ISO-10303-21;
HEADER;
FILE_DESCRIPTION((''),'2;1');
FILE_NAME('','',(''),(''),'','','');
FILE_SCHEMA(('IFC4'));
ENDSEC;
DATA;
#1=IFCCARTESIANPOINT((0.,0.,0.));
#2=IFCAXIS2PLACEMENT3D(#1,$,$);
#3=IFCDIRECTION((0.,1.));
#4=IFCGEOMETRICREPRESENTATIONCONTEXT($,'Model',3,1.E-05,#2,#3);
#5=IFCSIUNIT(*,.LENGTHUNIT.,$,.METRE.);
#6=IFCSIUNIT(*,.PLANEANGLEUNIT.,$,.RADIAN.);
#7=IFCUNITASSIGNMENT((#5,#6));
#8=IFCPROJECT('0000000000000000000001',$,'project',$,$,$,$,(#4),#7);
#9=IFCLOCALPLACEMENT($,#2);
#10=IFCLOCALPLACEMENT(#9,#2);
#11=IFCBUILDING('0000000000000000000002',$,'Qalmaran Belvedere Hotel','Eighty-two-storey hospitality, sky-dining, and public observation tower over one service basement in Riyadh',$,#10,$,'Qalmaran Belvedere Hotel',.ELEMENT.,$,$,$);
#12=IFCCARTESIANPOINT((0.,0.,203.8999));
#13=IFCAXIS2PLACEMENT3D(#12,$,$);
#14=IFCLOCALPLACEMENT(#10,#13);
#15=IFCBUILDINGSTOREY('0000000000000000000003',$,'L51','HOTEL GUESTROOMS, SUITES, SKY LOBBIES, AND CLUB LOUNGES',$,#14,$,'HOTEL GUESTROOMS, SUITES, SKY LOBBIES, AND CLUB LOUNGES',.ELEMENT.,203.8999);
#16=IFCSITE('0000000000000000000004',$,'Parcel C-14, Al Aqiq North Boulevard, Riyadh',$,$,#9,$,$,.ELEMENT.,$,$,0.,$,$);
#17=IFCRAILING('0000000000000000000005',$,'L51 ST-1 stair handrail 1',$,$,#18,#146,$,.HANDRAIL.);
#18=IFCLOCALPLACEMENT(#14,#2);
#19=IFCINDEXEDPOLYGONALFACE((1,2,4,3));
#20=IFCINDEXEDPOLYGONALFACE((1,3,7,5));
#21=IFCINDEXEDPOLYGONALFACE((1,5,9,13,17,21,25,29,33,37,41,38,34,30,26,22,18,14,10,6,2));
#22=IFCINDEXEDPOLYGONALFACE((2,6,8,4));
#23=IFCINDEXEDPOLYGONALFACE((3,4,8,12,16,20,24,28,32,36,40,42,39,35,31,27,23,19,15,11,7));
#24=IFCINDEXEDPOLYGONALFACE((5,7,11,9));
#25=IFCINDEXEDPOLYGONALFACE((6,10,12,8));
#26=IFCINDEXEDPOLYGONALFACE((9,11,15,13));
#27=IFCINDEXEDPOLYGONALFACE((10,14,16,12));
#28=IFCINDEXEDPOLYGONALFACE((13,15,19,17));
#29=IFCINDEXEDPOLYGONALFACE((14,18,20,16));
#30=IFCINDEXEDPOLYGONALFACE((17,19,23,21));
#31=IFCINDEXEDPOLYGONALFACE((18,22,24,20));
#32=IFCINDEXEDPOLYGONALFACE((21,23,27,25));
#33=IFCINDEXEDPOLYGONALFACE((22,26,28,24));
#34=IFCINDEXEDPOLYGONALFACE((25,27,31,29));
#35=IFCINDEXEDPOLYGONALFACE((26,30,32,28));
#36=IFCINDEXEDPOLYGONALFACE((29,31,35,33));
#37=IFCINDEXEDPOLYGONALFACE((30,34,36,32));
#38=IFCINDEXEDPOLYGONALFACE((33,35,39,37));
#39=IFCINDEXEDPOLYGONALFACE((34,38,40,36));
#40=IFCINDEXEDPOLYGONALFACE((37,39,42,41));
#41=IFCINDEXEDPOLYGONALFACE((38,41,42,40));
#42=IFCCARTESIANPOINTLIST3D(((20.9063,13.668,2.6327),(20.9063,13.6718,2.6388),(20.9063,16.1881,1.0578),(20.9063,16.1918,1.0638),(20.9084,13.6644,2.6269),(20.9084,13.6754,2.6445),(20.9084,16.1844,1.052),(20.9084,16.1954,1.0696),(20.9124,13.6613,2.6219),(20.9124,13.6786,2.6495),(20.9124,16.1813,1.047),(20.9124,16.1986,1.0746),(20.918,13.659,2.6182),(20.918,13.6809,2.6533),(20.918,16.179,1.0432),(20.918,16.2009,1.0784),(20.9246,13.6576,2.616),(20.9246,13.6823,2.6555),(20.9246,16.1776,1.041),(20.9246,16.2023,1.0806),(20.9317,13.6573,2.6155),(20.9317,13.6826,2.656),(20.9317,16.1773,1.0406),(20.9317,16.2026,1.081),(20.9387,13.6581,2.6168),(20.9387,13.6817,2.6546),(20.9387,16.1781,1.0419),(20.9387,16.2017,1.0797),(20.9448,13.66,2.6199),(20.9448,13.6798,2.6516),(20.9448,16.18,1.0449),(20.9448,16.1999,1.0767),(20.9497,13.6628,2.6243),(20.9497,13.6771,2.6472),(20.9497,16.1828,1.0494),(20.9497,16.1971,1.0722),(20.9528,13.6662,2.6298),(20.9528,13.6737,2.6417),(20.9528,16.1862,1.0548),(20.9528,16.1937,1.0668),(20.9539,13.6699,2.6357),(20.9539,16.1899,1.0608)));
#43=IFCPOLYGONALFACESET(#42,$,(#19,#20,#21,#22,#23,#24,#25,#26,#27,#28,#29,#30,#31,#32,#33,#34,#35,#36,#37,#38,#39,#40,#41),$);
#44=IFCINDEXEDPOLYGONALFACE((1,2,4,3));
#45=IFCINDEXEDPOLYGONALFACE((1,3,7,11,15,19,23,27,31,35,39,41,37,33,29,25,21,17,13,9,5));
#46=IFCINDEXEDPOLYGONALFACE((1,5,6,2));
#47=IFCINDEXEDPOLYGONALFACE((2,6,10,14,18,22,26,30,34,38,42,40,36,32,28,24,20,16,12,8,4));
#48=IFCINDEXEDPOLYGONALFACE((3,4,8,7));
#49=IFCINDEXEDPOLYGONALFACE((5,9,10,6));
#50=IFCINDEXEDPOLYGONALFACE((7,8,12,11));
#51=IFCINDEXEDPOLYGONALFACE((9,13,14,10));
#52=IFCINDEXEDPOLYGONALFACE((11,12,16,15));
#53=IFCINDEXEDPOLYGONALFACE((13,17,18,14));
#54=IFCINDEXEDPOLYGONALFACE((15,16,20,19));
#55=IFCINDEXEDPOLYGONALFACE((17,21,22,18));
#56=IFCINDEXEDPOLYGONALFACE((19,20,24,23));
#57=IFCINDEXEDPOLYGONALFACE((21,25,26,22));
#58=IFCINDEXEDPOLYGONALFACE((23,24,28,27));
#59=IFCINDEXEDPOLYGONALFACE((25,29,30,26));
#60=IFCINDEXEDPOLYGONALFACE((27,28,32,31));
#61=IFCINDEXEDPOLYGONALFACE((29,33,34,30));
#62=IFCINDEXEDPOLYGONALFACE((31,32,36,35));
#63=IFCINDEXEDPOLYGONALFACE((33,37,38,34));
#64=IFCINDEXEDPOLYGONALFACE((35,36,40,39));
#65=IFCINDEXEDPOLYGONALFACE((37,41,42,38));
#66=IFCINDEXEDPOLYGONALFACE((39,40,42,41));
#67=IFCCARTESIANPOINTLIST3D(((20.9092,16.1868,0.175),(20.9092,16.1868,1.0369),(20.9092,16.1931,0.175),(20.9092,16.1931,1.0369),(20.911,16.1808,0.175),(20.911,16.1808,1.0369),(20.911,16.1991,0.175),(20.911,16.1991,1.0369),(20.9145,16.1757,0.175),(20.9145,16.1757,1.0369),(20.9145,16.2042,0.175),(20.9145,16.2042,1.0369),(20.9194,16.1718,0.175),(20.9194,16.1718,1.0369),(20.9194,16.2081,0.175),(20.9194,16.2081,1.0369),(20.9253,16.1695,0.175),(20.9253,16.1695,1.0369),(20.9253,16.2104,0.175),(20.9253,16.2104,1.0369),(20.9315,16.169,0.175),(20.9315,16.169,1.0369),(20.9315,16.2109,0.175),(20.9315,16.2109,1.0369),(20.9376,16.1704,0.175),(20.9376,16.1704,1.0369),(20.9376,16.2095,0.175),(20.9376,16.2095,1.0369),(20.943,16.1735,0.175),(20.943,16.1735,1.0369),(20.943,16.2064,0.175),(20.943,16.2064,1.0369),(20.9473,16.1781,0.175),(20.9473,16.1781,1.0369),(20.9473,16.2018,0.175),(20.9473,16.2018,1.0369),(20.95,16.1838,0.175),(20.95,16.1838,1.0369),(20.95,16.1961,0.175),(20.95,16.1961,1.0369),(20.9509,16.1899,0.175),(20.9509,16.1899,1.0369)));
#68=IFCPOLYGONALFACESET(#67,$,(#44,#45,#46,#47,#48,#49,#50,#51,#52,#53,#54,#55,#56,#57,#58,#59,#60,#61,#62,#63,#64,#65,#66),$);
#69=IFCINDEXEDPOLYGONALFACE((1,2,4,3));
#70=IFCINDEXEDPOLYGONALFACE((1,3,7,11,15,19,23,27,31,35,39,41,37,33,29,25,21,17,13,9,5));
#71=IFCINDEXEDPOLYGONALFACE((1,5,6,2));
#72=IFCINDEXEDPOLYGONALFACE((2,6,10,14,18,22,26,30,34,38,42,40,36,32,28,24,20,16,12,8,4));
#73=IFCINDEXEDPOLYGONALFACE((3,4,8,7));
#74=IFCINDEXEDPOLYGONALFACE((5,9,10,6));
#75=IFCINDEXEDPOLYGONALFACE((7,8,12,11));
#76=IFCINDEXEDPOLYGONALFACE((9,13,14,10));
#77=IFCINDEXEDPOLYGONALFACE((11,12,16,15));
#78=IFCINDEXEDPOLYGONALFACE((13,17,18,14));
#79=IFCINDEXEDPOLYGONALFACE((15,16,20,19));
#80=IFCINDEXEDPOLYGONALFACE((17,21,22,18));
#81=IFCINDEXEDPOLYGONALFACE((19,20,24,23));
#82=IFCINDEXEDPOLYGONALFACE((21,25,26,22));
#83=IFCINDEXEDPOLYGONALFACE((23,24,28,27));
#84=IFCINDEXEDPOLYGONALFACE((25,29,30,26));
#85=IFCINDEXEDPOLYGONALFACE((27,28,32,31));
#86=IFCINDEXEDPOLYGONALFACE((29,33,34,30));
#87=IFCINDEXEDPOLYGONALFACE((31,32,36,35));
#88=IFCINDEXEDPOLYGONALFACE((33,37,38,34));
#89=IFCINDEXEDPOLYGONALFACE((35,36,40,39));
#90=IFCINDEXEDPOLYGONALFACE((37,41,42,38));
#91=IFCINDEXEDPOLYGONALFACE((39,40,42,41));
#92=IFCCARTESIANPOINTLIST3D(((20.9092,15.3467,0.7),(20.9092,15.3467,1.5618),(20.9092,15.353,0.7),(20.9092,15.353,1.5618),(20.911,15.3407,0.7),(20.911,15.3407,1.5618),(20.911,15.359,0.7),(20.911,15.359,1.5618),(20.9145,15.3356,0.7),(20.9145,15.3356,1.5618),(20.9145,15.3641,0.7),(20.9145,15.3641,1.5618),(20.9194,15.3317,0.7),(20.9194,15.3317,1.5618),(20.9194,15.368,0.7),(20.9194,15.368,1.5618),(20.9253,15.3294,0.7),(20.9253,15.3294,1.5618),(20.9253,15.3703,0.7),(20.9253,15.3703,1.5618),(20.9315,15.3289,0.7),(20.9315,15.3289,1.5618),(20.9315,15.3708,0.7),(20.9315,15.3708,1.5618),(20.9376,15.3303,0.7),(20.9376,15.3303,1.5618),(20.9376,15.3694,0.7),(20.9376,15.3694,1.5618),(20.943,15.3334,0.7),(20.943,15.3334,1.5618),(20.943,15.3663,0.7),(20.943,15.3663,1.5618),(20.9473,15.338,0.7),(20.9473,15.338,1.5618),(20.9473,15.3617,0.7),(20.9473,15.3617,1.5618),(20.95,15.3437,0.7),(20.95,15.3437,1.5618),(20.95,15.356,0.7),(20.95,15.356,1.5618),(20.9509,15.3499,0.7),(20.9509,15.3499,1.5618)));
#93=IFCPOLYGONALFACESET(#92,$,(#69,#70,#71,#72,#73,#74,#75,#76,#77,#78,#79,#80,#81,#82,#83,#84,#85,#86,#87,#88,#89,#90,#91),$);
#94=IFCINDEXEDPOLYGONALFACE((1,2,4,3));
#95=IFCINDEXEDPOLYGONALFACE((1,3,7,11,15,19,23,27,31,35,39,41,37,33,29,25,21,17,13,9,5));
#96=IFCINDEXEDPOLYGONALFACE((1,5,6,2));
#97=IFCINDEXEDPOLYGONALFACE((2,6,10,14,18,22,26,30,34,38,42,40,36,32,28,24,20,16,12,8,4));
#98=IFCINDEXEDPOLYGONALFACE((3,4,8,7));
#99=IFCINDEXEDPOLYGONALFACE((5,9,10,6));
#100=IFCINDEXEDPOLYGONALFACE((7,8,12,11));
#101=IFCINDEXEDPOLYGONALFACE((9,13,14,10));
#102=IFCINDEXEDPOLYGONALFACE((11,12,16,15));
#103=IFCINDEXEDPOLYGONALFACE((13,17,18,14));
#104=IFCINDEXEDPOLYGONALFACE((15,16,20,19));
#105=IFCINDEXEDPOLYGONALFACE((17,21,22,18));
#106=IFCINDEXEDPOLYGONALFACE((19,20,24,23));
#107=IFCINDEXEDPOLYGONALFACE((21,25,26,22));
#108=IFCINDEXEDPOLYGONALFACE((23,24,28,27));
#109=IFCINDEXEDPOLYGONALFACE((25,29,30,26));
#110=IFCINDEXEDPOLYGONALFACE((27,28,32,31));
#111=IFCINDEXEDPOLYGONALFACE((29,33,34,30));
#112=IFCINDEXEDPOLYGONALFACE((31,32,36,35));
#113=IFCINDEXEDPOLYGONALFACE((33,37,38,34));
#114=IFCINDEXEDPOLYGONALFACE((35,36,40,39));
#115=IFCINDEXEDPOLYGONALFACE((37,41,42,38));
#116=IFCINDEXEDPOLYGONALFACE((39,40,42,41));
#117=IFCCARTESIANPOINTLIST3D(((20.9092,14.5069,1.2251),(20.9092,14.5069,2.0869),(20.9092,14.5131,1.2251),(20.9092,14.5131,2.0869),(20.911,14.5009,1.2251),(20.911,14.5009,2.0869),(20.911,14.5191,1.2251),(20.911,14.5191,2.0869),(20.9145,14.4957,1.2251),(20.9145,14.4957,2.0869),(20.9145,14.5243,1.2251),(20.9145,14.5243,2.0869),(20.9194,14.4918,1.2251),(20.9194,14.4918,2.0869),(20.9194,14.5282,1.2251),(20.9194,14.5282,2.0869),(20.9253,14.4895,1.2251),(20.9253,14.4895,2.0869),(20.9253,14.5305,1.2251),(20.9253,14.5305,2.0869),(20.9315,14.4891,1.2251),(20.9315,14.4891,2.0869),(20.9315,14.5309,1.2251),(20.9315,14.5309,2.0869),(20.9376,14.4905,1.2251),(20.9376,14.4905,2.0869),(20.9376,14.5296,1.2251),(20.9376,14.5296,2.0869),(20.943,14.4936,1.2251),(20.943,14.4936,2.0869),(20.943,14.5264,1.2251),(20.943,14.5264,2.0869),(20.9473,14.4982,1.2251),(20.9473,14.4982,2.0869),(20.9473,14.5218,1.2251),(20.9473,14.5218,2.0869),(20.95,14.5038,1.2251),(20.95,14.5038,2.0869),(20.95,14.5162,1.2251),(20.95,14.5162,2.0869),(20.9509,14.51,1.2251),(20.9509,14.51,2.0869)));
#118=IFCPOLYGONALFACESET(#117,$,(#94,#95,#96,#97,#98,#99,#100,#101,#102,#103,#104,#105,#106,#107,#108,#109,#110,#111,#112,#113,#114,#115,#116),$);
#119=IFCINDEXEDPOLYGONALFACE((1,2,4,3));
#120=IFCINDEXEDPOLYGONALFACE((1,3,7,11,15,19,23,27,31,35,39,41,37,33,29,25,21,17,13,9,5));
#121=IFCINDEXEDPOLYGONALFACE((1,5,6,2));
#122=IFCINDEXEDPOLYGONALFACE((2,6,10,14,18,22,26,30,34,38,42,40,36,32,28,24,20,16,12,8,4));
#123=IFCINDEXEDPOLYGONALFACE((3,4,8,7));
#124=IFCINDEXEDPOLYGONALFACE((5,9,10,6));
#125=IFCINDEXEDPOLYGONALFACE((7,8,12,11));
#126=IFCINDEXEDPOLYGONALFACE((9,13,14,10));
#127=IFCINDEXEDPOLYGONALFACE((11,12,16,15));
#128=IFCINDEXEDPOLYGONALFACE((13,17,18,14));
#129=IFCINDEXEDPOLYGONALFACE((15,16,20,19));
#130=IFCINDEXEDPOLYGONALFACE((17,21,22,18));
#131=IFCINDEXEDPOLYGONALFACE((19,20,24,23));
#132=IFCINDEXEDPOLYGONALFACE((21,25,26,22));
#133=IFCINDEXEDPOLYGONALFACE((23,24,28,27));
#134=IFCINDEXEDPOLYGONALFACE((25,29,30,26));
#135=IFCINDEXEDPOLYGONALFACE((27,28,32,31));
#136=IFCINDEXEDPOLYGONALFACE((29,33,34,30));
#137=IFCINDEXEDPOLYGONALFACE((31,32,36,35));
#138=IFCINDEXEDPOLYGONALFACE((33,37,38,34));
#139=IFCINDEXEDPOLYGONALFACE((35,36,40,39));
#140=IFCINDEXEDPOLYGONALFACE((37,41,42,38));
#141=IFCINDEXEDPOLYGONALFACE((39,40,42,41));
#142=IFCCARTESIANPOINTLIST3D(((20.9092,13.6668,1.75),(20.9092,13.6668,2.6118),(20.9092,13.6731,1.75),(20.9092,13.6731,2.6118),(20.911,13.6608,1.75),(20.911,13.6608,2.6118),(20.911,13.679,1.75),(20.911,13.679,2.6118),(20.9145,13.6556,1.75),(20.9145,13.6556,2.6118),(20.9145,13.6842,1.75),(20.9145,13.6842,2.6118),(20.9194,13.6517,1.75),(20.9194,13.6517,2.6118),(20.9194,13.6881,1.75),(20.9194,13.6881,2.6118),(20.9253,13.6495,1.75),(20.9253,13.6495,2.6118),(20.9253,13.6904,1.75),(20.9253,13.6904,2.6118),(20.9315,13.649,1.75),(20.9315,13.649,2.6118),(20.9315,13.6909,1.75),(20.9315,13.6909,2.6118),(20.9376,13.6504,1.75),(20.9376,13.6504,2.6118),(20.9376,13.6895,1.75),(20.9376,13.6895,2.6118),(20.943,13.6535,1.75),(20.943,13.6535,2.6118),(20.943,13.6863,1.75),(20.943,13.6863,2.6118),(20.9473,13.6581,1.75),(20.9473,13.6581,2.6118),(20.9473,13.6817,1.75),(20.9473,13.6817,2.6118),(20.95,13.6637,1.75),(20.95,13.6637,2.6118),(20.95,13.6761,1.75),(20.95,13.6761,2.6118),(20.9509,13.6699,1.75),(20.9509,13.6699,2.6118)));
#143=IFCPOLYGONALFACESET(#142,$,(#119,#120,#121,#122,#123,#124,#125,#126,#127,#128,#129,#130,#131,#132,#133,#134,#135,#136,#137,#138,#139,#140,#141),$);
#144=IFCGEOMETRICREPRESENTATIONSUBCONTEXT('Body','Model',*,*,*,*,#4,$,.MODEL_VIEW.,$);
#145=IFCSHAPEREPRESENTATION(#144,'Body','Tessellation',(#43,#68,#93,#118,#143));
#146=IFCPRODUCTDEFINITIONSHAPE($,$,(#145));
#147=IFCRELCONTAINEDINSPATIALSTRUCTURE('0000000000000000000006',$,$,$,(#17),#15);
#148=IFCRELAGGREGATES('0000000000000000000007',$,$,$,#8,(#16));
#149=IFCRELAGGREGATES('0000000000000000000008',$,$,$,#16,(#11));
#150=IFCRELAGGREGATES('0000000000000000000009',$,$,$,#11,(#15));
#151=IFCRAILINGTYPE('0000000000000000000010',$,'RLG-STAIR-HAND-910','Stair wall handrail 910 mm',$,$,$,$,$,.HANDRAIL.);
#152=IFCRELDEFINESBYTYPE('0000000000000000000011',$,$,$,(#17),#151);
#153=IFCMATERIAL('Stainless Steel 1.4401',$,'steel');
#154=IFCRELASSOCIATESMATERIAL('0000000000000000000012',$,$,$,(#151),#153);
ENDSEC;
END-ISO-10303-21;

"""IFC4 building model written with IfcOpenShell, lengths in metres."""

from ifc_helpers import new_model, si_unit, direction, frame, origin, origin_2d, place, context, subcontext, project, spatial, circle, extrude, material, type_object, element, save


model = new_model("IFC4")

# Units and contexts
model_context = context("Model", 3, precision=1e-05, world=origin(), true_north=direction((0.0, 1.0)))
body_context = subcontext(model_context, "Body", "Model", "MODEL_VIEW")
ifc_project = project(units=[si_unit("LENGTHUNIT", "METRE"), si_unit("PLANEANGLEUNIT", "RADIAN")], contexts=[model_context])

# Site, building, storey
site_placement = place(None, origin())
site = spatial("IfcSite", under=ifc_project, at=site_placement, Name="Parcel C-14, Al Aqiq North Boulevard, Riyadh", CompositionType="ELEMENT", RefElevation=0.0)
building_placement = place(site_placement, origin())
building = spatial("IfcBuilding", under=site, at=building_placement, Name="Qalmaran Belvedere Hotel", Description="Eighty-two-storey hospitality, sky-dining, and public observation tower over one service basement in Riyadh", LongName="Qalmaran Belvedere Hotel", CompositionType="ELEMENT")
storey_placement = place(building_placement, frame((0.0, 0.0, 203.8999)))
storey = spatial("IfcBuildingStorey", under=building, at=storey_placement, Name="L51", Description="HOTEL GUESTROOMS, SUITES, SKY LOBBIES, AND CLUB LOUNGES", LongName="HOTEL GUESTROOMS, SUITES, SKY LOBBIES, AND CLUB LOUNGES", CompositionType="ELEMENT", Elevation=203.8999)

# Shared definitions
ifc_material_1 = material(Name="Stainless Steel 1.4401", Category="steel")

# Railing
railing_type_1 = type_object("IfcRailingType", Name="RLG-STAIR-HAND-910", Description="Stair wall handrail 910 mm", PredefinedType="HANDRAIL", material=ifc_material_1)
railing_1_placement = place(storey_placement, frame((20.9299, 16.1899, 0.175)))
element("IfcRailing", 1, at=railing_1_placement, inside=storey, type_object=railing_type_1, Name="L51 ST-1 stair handrail 1", PredefinedType="HANDRAIL", context=body_context, shape_type="SweptSolid", body=[
    extrude(circle(Radius=0.0239, at=origin_2d()), frame((0.0, 0.0, 0.8857), z_axis=(0.0, -0.848008, 0.529984), x_axis=(1.0, 0.0, 0.0)), (0.0, 0.0, 1.0), 2.9717),
    extrude(circle(Radius=0.021, at=origin_2d()), origin(), (0.0, 0.0, 1.0), 0.8618),
    extrude(circle(Radius=0.021, at=origin_2d()), frame((0.0, -0.8401, 0.5249)), (0.0, 0.0, 1.0), 0.8618),
    extrude(circle(Radius=0.021, at=origin_2d()), frame((0.0, -1.6799, 1.05)), (0.0, 0.0, 1.0), 0.8618),
    extrude(circle(Radius=0.021, at=origin_2d()), frame((0.0, -2.52, 1.575)), (0.0, 0.0, 1.0), 0.8618),
])

save(model, "model.ifc")
